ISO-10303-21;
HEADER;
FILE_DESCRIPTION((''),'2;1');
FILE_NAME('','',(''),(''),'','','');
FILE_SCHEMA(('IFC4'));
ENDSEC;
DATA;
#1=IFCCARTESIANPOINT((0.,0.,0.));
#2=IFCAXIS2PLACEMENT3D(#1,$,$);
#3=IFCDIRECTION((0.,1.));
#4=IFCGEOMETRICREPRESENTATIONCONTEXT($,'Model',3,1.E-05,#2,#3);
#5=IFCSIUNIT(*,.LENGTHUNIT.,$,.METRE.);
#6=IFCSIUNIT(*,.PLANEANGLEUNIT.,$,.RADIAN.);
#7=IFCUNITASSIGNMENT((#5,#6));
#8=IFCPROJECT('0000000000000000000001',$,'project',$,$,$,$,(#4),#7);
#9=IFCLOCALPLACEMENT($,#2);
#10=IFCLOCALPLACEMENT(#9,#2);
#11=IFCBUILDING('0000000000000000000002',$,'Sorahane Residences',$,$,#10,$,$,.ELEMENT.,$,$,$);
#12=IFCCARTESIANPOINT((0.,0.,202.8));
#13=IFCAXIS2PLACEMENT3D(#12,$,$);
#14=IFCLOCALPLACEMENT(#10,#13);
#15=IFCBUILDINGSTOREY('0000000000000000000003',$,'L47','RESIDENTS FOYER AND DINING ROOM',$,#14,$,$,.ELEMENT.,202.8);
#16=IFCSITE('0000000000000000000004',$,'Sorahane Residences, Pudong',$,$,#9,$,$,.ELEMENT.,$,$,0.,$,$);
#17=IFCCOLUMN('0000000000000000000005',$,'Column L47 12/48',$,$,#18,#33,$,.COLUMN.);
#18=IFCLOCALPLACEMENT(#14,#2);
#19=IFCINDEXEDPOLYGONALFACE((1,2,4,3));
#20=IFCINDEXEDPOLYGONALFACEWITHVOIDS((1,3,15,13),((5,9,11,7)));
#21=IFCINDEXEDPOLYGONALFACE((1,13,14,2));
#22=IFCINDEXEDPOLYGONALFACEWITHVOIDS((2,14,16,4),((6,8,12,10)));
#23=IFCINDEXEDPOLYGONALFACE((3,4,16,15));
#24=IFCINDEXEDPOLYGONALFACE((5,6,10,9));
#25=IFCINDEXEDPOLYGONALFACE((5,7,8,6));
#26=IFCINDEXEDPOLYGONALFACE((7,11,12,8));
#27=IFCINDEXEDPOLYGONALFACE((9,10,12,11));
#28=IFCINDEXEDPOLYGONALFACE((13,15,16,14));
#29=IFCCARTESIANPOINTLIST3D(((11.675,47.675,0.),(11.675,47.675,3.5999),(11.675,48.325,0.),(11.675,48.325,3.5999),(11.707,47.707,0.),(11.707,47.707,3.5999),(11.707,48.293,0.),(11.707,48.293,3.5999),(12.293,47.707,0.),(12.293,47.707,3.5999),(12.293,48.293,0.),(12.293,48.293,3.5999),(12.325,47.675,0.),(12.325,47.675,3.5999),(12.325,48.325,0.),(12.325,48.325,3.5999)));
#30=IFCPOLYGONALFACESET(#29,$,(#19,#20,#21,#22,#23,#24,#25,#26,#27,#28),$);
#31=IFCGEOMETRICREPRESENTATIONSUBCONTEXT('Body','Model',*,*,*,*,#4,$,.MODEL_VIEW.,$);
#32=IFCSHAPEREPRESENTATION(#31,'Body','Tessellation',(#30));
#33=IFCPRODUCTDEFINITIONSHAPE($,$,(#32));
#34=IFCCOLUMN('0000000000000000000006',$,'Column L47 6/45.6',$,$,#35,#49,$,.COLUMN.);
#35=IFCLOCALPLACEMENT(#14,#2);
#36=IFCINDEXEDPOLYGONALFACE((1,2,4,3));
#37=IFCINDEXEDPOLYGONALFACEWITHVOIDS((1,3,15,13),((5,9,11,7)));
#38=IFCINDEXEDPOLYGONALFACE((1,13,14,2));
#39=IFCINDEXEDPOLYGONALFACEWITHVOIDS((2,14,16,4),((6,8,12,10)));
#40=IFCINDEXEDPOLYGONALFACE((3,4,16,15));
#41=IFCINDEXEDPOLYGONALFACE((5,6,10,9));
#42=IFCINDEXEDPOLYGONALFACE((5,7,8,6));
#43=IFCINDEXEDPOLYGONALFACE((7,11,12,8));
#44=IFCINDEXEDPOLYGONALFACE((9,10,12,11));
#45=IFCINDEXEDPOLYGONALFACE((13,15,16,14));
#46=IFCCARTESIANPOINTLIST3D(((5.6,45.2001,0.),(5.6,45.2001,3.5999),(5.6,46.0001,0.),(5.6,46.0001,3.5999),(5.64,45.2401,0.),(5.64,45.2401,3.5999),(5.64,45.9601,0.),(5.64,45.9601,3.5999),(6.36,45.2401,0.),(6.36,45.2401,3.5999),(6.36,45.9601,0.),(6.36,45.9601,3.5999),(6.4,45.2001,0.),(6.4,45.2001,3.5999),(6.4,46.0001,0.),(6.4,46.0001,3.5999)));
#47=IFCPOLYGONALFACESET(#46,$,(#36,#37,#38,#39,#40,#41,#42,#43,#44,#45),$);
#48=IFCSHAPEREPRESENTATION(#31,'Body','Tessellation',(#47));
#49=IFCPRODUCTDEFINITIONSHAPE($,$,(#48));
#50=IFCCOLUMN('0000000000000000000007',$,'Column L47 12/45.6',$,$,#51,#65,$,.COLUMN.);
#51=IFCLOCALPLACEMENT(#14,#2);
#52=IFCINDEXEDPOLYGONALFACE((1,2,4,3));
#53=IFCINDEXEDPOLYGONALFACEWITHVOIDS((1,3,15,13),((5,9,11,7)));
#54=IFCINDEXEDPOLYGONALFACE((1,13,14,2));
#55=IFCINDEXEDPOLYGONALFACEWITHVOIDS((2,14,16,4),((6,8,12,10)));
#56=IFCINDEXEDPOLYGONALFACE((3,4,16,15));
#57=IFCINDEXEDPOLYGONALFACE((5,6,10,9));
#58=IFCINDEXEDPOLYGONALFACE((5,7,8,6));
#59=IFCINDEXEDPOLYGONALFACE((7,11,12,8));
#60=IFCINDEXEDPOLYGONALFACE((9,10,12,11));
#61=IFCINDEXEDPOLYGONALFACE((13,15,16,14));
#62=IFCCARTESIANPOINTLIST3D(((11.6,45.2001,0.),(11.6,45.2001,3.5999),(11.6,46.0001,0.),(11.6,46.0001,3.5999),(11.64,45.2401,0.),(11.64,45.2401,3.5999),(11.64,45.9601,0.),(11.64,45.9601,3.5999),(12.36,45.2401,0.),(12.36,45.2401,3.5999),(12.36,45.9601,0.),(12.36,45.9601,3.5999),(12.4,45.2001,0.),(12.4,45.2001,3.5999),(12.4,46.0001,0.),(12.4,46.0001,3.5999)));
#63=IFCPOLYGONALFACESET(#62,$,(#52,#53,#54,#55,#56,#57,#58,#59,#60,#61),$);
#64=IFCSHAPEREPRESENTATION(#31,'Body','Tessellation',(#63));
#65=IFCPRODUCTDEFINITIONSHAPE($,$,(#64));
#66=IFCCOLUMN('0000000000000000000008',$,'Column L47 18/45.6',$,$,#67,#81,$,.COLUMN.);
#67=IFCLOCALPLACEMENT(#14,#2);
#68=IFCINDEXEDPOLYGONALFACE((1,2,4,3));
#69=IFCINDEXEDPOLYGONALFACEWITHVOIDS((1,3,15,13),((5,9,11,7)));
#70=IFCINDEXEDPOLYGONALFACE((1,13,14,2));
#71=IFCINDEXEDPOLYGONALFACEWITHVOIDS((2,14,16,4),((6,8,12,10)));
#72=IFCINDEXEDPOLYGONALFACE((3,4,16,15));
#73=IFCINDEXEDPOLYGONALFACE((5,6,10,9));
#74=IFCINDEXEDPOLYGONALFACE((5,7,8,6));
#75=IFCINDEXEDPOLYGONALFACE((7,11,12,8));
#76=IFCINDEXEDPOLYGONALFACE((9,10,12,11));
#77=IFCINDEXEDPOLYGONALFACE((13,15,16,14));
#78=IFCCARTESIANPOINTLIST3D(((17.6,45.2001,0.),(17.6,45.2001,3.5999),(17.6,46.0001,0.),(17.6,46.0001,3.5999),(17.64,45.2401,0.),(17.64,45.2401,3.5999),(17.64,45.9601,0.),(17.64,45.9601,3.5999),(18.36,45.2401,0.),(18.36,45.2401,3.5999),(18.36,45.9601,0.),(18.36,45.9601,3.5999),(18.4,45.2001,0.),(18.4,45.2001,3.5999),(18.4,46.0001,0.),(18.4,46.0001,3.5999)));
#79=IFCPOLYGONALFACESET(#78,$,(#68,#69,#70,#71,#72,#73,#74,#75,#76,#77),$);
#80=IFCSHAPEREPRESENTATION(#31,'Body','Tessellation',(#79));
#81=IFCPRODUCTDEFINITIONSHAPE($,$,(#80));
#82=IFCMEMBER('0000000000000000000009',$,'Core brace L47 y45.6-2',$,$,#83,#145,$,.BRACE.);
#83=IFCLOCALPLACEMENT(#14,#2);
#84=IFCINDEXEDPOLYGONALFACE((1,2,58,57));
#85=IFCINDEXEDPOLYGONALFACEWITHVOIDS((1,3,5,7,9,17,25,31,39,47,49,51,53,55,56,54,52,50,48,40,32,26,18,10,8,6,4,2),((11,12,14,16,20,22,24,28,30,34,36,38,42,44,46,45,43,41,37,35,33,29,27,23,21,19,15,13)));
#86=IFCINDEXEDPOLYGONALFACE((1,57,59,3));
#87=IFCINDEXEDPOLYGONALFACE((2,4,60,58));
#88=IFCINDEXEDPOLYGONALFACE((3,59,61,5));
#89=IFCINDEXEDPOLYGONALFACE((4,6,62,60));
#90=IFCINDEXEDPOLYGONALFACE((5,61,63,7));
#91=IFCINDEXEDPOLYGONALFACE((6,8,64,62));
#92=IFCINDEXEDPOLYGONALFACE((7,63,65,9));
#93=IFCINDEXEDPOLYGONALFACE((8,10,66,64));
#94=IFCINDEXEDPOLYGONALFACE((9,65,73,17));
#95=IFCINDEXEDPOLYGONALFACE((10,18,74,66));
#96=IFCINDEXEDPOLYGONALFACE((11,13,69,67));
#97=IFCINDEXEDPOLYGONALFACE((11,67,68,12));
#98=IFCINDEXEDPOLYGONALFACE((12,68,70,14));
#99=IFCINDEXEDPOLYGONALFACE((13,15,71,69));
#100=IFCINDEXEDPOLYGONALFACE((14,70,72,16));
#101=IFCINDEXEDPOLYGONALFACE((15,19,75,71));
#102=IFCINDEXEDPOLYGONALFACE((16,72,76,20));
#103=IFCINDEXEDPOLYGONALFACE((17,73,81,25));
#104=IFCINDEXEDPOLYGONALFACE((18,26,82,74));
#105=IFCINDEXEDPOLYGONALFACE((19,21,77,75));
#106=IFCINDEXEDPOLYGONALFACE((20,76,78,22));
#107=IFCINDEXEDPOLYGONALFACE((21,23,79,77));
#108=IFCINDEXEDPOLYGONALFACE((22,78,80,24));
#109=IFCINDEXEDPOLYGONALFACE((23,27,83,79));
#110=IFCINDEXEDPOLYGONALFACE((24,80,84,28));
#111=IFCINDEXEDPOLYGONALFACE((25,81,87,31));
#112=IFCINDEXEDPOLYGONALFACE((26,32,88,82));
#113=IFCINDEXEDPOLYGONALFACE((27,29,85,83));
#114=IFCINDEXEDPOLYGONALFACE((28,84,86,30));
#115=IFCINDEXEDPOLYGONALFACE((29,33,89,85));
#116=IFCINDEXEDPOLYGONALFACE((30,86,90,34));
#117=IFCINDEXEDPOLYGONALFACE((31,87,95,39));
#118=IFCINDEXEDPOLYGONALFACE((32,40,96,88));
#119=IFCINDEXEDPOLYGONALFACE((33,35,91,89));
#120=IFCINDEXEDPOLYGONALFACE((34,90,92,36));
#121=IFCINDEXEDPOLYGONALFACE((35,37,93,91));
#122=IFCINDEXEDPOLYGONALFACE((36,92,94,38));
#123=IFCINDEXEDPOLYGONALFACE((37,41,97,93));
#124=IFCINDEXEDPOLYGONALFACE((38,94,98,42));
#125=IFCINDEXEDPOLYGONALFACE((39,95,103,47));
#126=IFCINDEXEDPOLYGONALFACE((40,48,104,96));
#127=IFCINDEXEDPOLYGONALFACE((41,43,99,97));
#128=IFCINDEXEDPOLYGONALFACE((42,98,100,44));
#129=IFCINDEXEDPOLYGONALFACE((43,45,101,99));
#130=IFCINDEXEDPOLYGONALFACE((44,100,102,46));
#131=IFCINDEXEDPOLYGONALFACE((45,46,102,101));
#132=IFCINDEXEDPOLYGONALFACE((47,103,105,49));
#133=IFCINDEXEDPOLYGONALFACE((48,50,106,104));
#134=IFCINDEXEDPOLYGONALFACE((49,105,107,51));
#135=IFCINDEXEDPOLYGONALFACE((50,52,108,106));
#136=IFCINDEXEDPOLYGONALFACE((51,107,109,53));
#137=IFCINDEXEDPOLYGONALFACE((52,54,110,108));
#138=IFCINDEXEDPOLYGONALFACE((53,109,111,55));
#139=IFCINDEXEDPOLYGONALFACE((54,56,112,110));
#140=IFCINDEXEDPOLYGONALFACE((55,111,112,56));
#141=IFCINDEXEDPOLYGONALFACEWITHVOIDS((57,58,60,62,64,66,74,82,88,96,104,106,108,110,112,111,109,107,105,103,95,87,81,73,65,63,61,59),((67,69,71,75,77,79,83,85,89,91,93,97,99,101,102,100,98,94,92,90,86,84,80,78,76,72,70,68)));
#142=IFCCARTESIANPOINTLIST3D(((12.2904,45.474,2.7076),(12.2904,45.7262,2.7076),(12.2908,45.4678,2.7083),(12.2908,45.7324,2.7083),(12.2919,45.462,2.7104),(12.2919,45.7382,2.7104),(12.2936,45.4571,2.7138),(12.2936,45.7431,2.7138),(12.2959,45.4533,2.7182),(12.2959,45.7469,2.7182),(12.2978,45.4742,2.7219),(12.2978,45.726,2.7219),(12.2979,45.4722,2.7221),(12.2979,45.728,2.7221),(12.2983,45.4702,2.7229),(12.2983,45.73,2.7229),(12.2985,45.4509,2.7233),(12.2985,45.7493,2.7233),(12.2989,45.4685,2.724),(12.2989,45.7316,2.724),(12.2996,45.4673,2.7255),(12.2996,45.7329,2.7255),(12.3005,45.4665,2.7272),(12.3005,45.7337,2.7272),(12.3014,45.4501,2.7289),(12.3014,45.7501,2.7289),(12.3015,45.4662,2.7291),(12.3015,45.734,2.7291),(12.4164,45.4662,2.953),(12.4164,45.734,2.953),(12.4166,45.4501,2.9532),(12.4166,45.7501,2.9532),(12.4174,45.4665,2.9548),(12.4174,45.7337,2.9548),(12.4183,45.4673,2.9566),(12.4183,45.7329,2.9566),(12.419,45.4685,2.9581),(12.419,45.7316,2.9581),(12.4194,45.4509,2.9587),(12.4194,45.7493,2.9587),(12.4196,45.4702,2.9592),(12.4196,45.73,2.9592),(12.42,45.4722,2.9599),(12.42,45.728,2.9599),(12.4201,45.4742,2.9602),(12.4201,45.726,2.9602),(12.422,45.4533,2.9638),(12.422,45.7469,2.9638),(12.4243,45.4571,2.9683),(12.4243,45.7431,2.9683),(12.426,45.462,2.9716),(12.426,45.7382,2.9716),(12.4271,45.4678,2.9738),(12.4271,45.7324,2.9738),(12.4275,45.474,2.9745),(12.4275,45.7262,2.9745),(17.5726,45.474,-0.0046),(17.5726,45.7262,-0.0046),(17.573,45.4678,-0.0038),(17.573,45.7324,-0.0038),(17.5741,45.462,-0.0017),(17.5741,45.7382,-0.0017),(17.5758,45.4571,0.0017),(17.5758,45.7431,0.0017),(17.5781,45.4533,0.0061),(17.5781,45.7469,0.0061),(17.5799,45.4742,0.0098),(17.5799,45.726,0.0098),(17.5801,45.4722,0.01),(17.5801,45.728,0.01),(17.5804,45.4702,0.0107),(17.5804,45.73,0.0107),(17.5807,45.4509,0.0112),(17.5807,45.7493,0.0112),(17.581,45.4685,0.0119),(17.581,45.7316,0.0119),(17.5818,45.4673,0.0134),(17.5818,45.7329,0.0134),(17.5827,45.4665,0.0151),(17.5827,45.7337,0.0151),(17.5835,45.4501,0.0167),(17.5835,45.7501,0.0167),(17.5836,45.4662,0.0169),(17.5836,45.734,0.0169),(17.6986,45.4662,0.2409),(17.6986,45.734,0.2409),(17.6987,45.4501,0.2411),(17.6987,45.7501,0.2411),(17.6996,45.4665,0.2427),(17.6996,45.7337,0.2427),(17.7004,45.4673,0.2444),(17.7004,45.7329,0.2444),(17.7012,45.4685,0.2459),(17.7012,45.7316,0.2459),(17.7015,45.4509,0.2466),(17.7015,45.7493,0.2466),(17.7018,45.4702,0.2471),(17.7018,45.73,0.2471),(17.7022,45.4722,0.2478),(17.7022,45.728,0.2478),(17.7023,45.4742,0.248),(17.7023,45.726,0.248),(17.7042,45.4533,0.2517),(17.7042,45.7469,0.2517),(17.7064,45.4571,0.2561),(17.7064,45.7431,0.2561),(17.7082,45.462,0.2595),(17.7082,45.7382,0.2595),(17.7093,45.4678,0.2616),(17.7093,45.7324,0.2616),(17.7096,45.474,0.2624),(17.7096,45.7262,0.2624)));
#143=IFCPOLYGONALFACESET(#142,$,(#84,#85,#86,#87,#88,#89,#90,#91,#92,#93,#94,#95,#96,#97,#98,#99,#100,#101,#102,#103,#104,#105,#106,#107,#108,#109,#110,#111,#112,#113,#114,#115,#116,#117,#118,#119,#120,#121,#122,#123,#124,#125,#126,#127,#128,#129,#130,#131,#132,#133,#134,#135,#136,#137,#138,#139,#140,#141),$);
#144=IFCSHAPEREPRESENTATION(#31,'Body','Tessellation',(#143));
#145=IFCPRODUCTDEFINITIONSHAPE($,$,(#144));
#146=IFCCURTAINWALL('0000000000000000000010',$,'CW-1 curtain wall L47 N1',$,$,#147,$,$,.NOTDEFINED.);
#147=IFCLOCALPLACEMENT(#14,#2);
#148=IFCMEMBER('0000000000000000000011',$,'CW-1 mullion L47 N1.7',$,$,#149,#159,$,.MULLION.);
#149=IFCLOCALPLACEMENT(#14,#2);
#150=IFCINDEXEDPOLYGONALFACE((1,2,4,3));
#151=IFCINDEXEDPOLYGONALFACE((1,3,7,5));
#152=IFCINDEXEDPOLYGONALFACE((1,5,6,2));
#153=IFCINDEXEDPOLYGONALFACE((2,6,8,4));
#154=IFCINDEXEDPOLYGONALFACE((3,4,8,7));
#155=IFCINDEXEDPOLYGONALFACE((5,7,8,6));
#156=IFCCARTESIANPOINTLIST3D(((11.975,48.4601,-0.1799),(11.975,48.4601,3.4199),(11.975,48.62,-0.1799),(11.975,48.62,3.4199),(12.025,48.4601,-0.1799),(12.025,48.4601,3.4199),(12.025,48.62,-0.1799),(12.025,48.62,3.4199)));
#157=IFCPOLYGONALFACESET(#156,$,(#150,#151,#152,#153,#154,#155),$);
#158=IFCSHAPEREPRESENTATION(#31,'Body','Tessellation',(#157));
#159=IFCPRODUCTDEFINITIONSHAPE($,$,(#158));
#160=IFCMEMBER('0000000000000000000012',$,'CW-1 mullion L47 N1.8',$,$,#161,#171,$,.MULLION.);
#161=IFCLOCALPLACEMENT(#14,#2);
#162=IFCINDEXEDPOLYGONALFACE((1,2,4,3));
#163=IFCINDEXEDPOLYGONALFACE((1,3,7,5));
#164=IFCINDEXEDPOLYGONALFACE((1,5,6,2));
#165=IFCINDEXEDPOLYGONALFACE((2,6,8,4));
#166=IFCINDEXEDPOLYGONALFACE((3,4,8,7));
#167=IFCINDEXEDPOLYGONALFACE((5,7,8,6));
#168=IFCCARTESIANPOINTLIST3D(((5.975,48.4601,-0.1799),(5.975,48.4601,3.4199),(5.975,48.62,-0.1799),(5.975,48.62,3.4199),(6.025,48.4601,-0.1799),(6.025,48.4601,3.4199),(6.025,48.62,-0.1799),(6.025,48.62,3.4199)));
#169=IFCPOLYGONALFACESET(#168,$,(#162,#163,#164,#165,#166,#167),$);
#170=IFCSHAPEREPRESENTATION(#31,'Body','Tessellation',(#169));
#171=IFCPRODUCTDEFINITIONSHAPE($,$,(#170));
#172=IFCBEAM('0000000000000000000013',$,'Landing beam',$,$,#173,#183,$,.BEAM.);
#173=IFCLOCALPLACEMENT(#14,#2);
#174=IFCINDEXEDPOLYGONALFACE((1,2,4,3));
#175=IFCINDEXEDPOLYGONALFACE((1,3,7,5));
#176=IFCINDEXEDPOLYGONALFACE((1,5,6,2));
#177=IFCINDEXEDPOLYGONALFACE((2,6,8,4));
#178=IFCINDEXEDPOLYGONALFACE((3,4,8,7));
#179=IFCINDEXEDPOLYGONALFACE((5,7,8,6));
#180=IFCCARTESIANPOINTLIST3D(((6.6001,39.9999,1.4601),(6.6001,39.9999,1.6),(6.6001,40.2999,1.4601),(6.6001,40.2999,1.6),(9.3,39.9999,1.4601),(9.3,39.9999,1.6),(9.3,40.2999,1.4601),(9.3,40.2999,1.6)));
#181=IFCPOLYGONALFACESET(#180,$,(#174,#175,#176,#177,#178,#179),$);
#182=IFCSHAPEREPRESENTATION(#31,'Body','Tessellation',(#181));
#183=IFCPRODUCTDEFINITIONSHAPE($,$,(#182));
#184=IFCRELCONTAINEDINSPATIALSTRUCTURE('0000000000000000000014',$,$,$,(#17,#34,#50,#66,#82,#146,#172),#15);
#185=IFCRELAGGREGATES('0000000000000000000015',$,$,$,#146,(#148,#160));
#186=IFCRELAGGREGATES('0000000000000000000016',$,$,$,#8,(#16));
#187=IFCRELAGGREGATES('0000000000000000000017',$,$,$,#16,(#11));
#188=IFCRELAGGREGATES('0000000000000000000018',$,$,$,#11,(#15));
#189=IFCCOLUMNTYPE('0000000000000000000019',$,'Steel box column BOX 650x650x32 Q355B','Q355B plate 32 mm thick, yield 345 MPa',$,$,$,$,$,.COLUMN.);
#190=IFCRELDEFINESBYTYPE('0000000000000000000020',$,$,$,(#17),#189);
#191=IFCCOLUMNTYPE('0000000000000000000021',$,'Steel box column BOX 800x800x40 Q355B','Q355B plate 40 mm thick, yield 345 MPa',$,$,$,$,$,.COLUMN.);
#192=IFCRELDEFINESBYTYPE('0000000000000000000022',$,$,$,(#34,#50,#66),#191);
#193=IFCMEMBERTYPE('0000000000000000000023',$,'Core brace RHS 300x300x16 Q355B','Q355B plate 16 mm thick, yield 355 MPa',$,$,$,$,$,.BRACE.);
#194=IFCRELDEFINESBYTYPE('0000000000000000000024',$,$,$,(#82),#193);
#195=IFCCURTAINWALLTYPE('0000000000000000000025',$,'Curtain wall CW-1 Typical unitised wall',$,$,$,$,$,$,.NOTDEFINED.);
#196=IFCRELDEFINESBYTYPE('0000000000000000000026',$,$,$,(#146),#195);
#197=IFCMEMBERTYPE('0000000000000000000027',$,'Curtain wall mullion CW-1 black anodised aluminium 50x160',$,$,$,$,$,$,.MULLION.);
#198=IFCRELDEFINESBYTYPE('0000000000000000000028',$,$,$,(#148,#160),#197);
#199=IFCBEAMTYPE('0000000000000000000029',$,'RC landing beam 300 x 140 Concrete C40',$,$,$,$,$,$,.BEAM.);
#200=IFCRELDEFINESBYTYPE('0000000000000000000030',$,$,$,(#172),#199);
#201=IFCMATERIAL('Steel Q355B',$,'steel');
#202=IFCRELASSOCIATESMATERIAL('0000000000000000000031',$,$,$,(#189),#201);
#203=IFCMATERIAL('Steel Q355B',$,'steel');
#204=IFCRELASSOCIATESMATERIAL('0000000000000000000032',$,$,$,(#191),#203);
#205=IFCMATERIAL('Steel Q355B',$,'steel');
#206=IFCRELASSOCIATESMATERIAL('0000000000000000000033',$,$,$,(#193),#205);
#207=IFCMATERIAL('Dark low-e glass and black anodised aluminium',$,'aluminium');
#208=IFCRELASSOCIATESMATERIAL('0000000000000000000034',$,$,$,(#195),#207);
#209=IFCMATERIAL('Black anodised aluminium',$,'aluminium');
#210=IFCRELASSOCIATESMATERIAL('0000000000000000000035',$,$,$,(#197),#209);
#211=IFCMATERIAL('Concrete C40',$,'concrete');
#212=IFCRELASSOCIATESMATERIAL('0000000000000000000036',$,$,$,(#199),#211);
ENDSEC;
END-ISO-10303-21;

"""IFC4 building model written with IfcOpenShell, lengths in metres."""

from ifc_helpers import new_model, si_unit, direction, frame, origin, origin_2d, place, context, subcontext, project, spatial, rectangle, hollow_rectangle, extrude, material, material_profile, profile_set, type_object, element, aggregate, save


model = new_model("IFC4")

# Units and contexts
model_context = context("Model", 3, precision=1e-05, world=origin(), true_north=direction((0.0, 1.0)))
body_context = subcontext(model_context, "Body", "Model", "MODEL_VIEW")
ifc_project = project(units=[si_unit("LENGTHUNIT", "METRE"), si_unit("PLANEANGLEUNIT", "RADIAN")], contexts=[model_context])

# Site, building, storey
site_placement = place(None, origin())
site = spatial("IfcSite", under=ifc_project, at=site_placement, Name="Sorahane Residences, Pudong", CompositionType="ELEMENT", RefElevation=0.0)
building_placement = place(site_placement, origin())
building = spatial("IfcBuilding", under=site, at=building_placement, Name="Sorahane Residences", CompositionType="ELEMENT")
storey_placement = place(building_placement, frame((0.0, 0.0, 202.8)))
storey = spatial("IfcBuildingStorey", under=building, at=storey_placement, Name="L47", Description="RESIDENTS FOYER AND DINING ROOM", CompositionType="ELEMENT", Elevation=202.8)

# Columns
ifc_material_1 = material(Name="Steel Q355B", Category="steel")
ifc_material_profile_1 = material_profile(ifc_material_1, hollow_rectangle(XDim=0.6499, YDim=0.6499, WallThickness=0.032, at=origin_2d()), Name="BOX 650x650x32")
ifc_profile_set_1 = profile_set([ifc_material_profile_1], Name="Steel Q355B")
column_type_1 = type_object("IfcColumnType", Name="Steel box column BOX 650x650x32 Q355B", Description="Q355B plate 32 mm thick, yield 345 MPa", PredefinedType="COLUMN", material=ifc_profile_set_1)
column_placement = place(storey_placement, frame((12.0, 48.0, 0.0), z_axis=(0.0, 0.0, 1.0), x_axis=(1.0, 0.0, 0.0)))
element("IfcColumn", 1, at=column_placement, inside=storey, type_object=column_type_1, Name="Column L47 12/48", PredefinedType="COLUMN", context=body_context, shape_type="SweptSolid", body=[
    extrude(hollow_rectangle(XDim=0.6499, YDim=0.6499, WallThickness=0.032, at=origin_2d()), origin(), (0.0, 0.0, 1.0), 3.5999),
])
ifc_material_2 = material(Name="Steel Q355B", Category="steel")
ifc_material_profile_2 = material_profile(ifc_material_2, hollow_rectangle(XDim=0.8, YDim=0.8, WallThickness=0.04, at=origin_2d()), Name="BOX 800x800x40")
ifc_profile_set_2 = profile_set([ifc_material_profile_2], Name="Steel Q355B")
column_type_2 = type_object("IfcColumnType", Name="Steel box column BOX 800x800x40 Q355B", Description="Q355B plate 40 mm thick, yield 345 MPa", PredefinedType="COLUMN", material=ifc_profile_set_2)
for number, where, z_axis, x_axis, name in (
    (2, (6.0, 45.6001, 0.0), (0.0, 0.0, 1.0), (1.0, 0.0, 0.0), "Column L47 6/45.6"),
    (3, (12.0, 45.6001, 0.0), (0.0, 0.0, 1.0), (1.0, 0.0, 0.0), "Column L47 12/45.6"),
    (4, (18.0, 45.6001, 0.0), (0.0, 0.0, 1.0), (1.0, 0.0, 0.0), "Column L47 18/45.6"),
):
    element("IfcColumn", number, at=place(storey_placement, frame(where, z_axis=z_axis, x_axis=x_axis)), inside=storey, type_object=column_type_2, Name=name, PredefinedType="COLUMN", context=body_context, shape_type="SweptSolid", body=[
        extrude(hollow_rectangle(XDim=0.8, YDim=0.8, WallThickness=0.04, at=origin_2d()), origin(), (0.0, 0.0, 1.0), 3.5999),
    ])

# Member
ifc_material_3 = material(Name="Steel Q355B", Category="steel")
ifc_material_profile_3 = material_profile(ifc_material_3, hollow_rectangle(XDim=0.3, YDim=0.3, WallThickness=0.0161, InnerFilletRadius=0.0081, OuterFilletRadius=0.0239, at=origin_2d()), Name="RHS 300x300x16")
ifc_profile_set_3 = profile_set([ifc_material_profile_3], Name="Steel Q355B")
member_type_1 = type_object("IfcMemberType", Name="Core brace RHS 300x300x16 Q355B", Description="Q355B plate 16 mm thick, yield 355 MPa", PredefinedType="BRACE", material=ifc_profile_set_3)
member_1_placement = place(storey_placement, frame((17.6411, 45.6001, 0.1289), z_axis=(-0.88959, 0.0, 0.45676), x_axis=(0.0, -1.0, 0.0)))
element("IfcMember", 5, at=member_1_placement, inside=storey, type_object=member_type_1, Name="Core brace L47 y45.6-2", PredefinedType="BRACE", context=body_context, shape_type="SweptSolid", body=[
    extrude(hollow_rectangle(XDim=0.3, YDim=0.3, WallThickness=0.0161, InnerFilletRadius=0.0081, OuterFilletRadius=0.0239, at=origin_2d()), origin(), (0.0, 0.0, 1.0), 5.9377),
])

# Curtain wall, members
ifc_material_4 = material(Name="Dark low-e glass and black anodised aluminium", Category="aluminium")
curtain_wall_type = type_object("IfcCurtainWallType", Name="Curtain wall CW-1 Typical unitised wall", PredefinedType="NOTDEFINED", material=ifc_material_4)
curtain_wall_placement = place(storey_placement, origin())
curtain_wall = element("IfcCurtainWall", 6, at=curtain_wall_placement, inside=storey, type_object=curtain_wall_type, Name="CW-1 curtain wall L47 N1", PredefinedType="NOTDEFINED")
ifc_material_5 = material(Name="Black anodised aluminium", Category="aluminium")
ifc_material_profile_4 = material_profile(ifc_material_5, rectangle(XDim=0.1599, YDim=0.05, at=origin_2d()), Name="Curtain wall mullion CW-1 black anodised aluminium 50x160")
ifc_profile_set_4 = profile_set([ifc_material_profile_4], Name="Black anodised aluminium")
member_type_2 = type_object("IfcMemberType", Name="Curtain wall mullion CW-1 black anodised aluminium 50x160", PredefinedType="MULLION", material=ifc_profile_set_4)
member_2_placement = place(storey_placement, frame((12.0, 48.54, -0.1799), z_axis=(0.0, 0.0, 1.0), x_axis=(0.0, 1.0, 0.0)))
member_2 = element("IfcMember", 7, at=member_2_placement, type_object=member_type_2, Name="CW-1 mullion L47 N1.7", PredefinedType="MULLION", context=body_context, shape_type="SweptSolid", body=[
    extrude(rectangle(XDim=0.1599, YDim=0.05, at=origin_2d()), origin(), (0.0, 0.0, 1.0), 3.5999),
])
member_3_placement = place(storey_placement, frame((6.0, 48.54, -0.1799), z_axis=(0.0, 0.0, 1.0), x_axis=(0.0, 1.0, 0.0)))
member_3 = element("IfcMember", 8, at=member_3_placement, type_object=member_type_2, Name="CW-1 mullion L47 N1.8", PredefinedType="MULLION", context=body_context, shape_type="SweptSolid", body=[
    extrude(rectangle(XDim=0.1599, YDim=0.05, at=origin_2d()), origin(), (0.0, 0.0, 1.0), 3.5999),
])

# Beam
ifc_material_6 = material(Name="Concrete C40", Category="concrete")
ifc_material_profile_5 = material_profile(ifc_material_6, rectangle(XDim=0.3, YDim=0.1399, at=origin_2d()), Name="300x140")
ifc_profile_set_5 = profile_set([ifc_material_profile_5], Name="Concrete C40")
beam_type_1 = type_object("IfcBeamType", Name="RC landing beam 300 x 140 Concrete C40", PredefinedType="BEAM", material=ifc_profile_set_5)
beam_1_placement = place(storey_placement, frame((6.6001, 40.1499, 1.53), z_axis=(1.0, 0.0, 0.0), x_axis=(0.0, 1.0, 0.0)))
element("IfcBeam", 9, at=beam_1_placement, inside=storey, type_object=beam_type_1, Name="Landing beam", PredefinedType="BEAM", context=body_context, shape_type="SweptSolid", body=[
    extrude(rectangle(XDim=0.3, YDim=0.1399, at=origin_2d()), origin(), (0.0, 0.0, 1.0), 2.7),
])

aggregate(curtain_wall, [member_2, member_3])

save(model, "model.ifc")
